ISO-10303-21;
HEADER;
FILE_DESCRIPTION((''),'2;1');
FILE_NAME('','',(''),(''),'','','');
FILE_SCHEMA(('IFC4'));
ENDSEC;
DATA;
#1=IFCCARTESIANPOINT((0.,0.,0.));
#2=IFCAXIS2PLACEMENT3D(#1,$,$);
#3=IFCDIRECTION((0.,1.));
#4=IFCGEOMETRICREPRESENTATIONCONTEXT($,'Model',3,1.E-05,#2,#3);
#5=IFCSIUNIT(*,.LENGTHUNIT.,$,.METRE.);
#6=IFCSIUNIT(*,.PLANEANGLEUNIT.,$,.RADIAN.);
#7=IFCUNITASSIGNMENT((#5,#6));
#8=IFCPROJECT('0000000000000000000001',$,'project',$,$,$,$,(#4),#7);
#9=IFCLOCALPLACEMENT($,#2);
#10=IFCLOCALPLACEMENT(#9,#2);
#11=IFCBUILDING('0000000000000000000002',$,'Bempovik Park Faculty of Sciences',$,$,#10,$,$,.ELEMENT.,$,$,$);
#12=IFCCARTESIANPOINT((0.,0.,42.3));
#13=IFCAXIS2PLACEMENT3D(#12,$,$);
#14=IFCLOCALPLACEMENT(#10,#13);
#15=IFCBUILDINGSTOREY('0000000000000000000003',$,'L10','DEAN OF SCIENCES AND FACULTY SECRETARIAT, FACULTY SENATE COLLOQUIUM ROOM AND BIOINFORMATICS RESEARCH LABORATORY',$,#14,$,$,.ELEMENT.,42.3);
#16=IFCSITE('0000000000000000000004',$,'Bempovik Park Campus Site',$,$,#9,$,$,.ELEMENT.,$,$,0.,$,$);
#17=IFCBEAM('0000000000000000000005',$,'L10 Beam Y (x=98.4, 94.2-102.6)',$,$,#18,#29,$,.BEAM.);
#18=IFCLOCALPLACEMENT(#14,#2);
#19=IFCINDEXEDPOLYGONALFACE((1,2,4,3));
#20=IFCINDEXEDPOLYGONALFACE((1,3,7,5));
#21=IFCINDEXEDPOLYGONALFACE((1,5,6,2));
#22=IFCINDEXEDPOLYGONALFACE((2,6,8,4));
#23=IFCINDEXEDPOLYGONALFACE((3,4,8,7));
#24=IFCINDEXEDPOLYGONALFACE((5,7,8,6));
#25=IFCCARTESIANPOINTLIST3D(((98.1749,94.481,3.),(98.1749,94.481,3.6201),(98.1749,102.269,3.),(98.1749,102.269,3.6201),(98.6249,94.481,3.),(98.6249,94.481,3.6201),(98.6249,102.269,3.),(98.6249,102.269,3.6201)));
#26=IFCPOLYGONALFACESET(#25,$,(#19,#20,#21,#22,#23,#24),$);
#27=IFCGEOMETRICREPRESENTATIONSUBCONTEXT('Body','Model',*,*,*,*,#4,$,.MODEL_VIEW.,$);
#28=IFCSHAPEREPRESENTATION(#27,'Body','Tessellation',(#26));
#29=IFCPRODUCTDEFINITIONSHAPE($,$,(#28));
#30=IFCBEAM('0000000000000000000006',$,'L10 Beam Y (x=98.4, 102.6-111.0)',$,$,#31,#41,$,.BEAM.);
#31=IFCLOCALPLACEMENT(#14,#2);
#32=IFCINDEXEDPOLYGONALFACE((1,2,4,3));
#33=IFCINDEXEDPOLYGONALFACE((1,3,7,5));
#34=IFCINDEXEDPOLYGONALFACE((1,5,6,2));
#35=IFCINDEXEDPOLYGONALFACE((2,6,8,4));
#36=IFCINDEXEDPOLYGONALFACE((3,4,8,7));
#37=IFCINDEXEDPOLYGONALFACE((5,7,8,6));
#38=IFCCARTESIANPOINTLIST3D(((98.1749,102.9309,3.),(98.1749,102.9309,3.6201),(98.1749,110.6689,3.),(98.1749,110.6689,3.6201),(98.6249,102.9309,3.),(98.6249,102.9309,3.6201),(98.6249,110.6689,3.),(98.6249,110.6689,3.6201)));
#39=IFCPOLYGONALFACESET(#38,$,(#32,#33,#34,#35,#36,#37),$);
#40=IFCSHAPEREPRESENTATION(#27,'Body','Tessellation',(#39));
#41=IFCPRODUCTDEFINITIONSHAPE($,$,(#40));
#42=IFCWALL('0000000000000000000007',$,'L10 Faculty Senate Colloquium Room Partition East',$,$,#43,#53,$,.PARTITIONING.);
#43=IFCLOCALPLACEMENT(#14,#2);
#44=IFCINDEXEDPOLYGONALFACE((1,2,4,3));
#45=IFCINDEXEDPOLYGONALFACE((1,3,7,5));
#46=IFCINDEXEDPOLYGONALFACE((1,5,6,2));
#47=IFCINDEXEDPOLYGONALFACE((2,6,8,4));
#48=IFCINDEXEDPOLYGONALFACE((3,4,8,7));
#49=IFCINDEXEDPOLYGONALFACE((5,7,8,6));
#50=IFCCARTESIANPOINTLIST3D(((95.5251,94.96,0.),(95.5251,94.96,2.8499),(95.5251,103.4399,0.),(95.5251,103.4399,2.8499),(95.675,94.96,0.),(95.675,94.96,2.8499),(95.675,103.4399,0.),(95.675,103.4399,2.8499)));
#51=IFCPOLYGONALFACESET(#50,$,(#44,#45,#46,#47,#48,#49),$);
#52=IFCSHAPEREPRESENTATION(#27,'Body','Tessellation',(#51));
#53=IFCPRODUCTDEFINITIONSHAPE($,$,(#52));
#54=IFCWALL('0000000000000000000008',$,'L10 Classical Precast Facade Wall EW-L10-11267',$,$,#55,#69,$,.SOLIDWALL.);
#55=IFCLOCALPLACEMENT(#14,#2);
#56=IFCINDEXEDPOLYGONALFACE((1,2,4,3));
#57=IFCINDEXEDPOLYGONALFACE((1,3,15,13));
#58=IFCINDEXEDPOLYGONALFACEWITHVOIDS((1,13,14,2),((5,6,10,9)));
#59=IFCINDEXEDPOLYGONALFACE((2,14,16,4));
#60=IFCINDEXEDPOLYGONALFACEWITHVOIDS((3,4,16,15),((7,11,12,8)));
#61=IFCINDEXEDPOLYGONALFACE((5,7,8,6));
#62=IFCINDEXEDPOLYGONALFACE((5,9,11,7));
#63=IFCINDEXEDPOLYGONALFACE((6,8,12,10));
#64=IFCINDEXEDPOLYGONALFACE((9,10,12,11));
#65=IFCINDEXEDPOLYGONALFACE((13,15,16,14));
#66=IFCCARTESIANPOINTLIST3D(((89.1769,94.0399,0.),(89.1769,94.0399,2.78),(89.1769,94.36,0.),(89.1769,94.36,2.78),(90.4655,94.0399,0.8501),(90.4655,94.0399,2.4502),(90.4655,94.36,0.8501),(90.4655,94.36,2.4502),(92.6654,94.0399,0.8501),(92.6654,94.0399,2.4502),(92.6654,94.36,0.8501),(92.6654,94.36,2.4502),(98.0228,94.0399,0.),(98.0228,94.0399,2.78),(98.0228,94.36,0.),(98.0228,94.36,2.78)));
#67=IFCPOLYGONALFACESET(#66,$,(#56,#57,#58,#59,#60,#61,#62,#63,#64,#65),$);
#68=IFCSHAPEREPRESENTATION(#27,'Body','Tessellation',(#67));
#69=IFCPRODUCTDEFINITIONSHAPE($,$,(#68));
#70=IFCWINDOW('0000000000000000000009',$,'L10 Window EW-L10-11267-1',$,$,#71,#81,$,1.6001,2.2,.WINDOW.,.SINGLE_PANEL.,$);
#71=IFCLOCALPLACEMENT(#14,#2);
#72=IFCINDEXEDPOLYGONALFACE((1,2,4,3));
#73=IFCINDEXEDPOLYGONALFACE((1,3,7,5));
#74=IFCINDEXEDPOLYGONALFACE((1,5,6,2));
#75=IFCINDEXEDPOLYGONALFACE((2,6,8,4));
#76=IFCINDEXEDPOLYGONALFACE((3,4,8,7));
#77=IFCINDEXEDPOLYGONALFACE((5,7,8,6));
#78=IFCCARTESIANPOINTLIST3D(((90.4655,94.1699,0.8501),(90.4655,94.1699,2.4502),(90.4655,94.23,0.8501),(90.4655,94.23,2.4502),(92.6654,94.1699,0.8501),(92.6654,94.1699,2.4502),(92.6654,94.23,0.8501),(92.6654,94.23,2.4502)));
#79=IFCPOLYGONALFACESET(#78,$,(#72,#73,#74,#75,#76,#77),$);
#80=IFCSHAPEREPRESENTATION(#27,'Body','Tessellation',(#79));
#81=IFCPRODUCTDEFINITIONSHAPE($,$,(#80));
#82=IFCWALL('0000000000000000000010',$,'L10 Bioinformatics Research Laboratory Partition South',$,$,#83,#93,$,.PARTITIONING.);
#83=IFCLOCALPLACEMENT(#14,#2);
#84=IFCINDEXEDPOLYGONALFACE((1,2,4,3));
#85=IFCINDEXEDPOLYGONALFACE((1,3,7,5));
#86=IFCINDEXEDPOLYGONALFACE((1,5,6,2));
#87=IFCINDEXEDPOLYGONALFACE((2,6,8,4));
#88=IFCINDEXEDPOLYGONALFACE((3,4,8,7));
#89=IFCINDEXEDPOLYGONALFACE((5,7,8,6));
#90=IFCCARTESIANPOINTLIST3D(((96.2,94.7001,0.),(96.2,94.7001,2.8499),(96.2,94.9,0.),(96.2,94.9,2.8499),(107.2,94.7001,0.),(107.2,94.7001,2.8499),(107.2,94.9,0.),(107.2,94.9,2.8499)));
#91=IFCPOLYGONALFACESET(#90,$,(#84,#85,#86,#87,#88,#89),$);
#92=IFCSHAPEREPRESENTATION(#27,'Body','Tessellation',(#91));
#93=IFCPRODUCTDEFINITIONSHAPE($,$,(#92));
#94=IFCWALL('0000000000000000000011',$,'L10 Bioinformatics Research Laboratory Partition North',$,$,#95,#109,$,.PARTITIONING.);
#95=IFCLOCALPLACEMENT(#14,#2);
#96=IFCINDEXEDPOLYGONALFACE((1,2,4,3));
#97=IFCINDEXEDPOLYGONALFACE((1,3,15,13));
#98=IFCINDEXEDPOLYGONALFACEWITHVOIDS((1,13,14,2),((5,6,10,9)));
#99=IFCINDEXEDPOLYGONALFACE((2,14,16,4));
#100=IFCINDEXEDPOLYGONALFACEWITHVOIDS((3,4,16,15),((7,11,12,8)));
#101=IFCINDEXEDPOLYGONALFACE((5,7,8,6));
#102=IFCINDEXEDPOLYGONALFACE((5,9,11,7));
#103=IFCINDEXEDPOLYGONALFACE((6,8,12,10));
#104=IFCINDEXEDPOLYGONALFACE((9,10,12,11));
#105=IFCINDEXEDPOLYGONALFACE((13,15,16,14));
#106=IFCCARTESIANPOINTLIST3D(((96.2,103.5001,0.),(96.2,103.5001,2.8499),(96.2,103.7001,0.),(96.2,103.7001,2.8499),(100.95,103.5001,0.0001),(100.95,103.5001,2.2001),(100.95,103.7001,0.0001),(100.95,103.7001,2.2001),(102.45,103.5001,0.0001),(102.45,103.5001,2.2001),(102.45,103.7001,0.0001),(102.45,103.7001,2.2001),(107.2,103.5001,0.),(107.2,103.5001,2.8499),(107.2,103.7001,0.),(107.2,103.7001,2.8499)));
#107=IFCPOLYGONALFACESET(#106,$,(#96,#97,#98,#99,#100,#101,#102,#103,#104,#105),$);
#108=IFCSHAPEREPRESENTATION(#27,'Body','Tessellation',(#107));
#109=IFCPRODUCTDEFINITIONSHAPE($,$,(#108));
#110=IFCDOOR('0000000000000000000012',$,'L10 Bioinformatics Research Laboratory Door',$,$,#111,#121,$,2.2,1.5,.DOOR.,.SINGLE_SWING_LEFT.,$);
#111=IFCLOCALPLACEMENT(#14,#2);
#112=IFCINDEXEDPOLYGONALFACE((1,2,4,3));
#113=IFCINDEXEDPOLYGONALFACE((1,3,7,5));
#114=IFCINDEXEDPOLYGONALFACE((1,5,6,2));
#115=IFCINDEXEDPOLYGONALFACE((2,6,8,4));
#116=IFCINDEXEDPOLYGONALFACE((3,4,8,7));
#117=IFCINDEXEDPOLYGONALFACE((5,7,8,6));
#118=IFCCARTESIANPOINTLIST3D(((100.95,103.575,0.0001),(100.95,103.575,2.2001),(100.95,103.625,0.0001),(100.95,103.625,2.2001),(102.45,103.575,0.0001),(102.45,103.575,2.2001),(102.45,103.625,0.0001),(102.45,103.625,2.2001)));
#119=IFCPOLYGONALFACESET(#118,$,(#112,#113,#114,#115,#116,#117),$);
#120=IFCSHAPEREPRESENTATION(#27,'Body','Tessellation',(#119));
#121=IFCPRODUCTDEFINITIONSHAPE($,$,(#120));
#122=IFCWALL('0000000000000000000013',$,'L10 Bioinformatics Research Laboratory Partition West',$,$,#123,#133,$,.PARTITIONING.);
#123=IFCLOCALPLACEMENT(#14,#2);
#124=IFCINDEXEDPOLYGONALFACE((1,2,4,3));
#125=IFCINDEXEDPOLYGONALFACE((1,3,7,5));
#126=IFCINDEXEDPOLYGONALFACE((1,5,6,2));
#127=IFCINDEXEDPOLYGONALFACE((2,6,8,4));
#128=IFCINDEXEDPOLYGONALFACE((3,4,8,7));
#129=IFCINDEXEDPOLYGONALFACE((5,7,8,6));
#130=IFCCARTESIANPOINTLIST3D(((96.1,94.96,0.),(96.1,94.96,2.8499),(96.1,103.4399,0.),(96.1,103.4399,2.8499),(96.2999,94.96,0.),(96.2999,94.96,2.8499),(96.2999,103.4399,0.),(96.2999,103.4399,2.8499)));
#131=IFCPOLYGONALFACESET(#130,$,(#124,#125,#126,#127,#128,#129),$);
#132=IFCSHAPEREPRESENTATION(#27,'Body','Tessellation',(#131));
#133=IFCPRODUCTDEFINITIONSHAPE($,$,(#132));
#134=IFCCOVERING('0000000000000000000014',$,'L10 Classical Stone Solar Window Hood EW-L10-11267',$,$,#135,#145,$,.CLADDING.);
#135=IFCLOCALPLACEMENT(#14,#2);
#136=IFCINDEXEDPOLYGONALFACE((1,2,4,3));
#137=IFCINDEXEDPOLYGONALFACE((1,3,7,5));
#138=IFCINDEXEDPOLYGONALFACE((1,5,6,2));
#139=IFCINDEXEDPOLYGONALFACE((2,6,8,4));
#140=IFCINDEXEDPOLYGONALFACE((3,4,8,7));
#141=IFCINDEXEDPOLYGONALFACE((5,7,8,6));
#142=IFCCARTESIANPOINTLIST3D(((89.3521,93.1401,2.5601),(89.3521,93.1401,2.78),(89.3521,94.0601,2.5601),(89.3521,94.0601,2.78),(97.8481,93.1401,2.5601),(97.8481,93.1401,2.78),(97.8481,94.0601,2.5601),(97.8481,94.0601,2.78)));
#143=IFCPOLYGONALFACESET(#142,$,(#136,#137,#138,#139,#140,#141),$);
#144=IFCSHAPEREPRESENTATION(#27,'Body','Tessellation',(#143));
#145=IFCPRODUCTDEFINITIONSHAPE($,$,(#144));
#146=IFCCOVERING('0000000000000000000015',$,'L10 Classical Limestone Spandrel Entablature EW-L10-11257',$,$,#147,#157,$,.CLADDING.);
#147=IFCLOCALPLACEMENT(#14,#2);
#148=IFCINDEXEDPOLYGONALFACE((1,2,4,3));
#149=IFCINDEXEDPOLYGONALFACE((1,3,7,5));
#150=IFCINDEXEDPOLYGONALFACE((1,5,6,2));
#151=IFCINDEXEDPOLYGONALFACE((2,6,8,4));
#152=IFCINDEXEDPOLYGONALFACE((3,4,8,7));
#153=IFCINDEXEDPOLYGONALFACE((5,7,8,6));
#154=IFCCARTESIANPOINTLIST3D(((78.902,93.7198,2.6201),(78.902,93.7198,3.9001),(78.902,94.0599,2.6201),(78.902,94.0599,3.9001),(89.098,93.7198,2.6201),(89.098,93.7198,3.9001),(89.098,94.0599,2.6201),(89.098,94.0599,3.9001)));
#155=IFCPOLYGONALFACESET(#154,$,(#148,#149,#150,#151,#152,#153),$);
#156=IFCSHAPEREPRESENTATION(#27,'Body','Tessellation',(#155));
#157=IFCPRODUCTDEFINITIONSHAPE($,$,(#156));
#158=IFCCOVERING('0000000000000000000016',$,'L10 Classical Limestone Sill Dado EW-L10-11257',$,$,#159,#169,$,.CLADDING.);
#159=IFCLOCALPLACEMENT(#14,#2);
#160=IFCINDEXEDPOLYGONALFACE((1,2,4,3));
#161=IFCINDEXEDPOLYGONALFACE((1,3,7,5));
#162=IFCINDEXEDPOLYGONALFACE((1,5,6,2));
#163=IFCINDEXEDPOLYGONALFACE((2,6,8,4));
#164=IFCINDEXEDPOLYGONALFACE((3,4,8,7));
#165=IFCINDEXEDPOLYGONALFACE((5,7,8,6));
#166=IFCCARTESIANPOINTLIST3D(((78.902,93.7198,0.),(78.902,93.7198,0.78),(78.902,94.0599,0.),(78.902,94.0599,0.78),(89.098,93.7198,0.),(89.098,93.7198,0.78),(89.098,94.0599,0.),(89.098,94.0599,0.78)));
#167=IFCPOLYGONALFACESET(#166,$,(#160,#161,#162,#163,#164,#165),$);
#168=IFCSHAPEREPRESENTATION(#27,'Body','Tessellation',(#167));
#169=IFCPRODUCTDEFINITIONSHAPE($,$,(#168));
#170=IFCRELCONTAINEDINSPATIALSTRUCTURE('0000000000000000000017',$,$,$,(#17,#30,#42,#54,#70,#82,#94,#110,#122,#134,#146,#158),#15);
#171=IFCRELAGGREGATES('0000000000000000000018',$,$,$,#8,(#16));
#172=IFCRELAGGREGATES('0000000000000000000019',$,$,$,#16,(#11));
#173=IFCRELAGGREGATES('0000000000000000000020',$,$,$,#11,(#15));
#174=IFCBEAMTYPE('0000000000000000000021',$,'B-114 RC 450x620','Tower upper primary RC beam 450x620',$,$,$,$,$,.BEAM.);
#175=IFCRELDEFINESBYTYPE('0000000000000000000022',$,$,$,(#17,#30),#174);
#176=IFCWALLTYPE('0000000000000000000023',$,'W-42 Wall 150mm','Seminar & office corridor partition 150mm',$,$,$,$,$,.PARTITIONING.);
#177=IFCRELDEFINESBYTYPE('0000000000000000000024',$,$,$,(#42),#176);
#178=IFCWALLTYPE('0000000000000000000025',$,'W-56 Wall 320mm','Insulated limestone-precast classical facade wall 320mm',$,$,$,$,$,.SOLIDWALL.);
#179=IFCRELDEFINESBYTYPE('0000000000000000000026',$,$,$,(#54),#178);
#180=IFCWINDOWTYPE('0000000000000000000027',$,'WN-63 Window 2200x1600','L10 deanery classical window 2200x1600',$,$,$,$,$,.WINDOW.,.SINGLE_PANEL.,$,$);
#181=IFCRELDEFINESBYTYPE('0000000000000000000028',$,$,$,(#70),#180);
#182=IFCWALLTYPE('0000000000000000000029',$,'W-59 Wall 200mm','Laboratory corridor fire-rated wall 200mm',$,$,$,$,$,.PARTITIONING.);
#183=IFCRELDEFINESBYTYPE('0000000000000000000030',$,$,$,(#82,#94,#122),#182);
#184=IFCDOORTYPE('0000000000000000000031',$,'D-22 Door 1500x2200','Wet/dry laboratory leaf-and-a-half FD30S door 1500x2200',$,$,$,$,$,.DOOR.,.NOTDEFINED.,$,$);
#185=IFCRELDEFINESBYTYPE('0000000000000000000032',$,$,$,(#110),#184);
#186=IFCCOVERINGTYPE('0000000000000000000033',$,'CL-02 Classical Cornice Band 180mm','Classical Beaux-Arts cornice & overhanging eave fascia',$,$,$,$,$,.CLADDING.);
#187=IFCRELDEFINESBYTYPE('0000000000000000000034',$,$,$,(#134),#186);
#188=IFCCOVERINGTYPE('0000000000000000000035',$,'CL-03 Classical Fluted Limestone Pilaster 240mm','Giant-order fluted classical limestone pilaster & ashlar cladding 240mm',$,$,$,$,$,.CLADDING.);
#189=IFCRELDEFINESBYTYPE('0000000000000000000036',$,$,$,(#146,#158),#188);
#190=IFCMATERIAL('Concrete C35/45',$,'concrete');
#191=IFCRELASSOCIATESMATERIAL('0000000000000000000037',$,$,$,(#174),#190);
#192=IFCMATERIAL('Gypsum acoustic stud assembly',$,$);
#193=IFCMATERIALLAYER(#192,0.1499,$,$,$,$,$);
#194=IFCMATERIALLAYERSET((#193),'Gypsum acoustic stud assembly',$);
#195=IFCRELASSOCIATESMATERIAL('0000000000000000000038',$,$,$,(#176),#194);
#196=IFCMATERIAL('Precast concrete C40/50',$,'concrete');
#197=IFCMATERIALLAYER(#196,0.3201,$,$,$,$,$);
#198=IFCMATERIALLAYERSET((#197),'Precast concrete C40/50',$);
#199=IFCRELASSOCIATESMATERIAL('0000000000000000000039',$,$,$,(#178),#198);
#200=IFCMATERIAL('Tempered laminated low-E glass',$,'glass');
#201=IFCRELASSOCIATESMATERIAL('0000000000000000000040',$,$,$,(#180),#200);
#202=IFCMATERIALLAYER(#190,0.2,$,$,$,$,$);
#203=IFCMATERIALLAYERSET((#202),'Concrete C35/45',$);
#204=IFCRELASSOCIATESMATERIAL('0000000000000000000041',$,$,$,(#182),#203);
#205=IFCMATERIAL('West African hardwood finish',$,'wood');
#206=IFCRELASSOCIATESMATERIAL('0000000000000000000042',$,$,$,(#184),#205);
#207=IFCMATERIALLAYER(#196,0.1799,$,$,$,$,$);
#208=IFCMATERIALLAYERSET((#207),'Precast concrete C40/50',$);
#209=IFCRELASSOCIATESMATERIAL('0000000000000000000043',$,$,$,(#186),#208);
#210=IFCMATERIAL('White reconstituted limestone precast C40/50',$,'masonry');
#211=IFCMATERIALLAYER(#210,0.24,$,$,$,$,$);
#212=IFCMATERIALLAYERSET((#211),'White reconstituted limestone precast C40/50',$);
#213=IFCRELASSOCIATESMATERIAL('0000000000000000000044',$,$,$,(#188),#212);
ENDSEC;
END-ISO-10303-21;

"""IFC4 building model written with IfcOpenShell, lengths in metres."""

from ifc_helpers import new_model, si_unit, direction, frame, frame_2d, origin, origin_2d, place, context, subcontext, project, spatial, rectangle, extrude, material, layer, layer_set, material_profile, profile_set, type_object, element, fill, save


model = new_model("IFC4")

# Units and contexts
model_context = context("Model", 3, precision=1e-05, world=origin(), true_north=direction((0.0, 1.0)))
body_context = subcontext(model_context, "Body", "Model", "MODEL_VIEW")
ifc_project = project(units=[si_unit("LENGTHUNIT", "METRE"), si_unit("PLANEANGLEUNIT", "RADIAN")], contexts=[model_context])

# Site, building, storey
site_placement = place(None, origin())
site = spatial("IfcSite", under=ifc_project, at=site_placement, Name="Bempovik Park Campus Site", CompositionType="ELEMENT", RefElevation=0.0)
building_placement = place(site_placement, origin())
building = spatial("IfcBuilding", under=site, at=building_placement, Name="Bempovik Park Faculty of Sciences", CompositionType="ELEMENT")
storey_placement = place(building_placement, frame((0.0, 0.0, 42.3)))
storey = spatial("IfcBuildingStorey", under=building, at=storey_placement, Name="L10", Description="DEAN OF SCIENCES AND FACULTY SECRETARIAT, FACULTY SENATE COLLOQUIUM ROOM AND BIOINFORMATICS RESEARCH LABORATORY", CompositionType="ELEMENT", Elevation=42.3)

# Beams
ifc_material_1 = material(Name="Concrete C35/45", Category="concrete")
ifc_material_profile_1 = material_profile(ifc_material_1, rectangle(XDim=0.45, YDim=0.6201, at=origin_2d()), Name="RC 450x620")
ifc_profile_set_1 = profile_set([ifc_material_profile_1], Name="Concrete C35/45")
beam_type_1 = type_object("IfcBeamType", Name="B-114 RC 450x620", Description="Tower upper primary RC beam 450x620", PredefinedType="BEAM", material=ifc_profile_set_1)
beam_1_placement = place(storey_placement, frame((98.3999, 94.481, 3.3101), z_axis=(0.0, 1.0, 0.0), x_axis=(-1.0, 0.0, 0.0)))
element("IfcBeam", 1, at=beam_1_placement, inside=storey, type_object=beam_type_1, Name="L10 Beam Y (x=98.4, 94.2-102.6)", PredefinedType="BEAM", context=body_context, shape_type="SweptSolid", body=[
    extrude(rectangle(XDim=0.45, YDim=0.6201, at=origin_2d()), origin(), (0.0, 0.0, 1.0), 7.7881),
])
beam_2_placement = place(storey_placement, frame((98.3999, 102.9309, 3.3101), z_axis=(0.0, 1.0, 0.0), x_axis=(-1.0, 0.0, 0.0)))
element("IfcBeam", 2, at=beam_2_placement, inside=storey, type_object=beam_type_1, Name="L10 Beam Y (x=98.4, 102.6-111.0)", PredefinedType="BEAM", context=body_context, shape_type="SweptSolid", body=[
    extrude(rectangle(XDim=0.45, YDim=0.6201, at=origin_2d()), origin(), (0.0, 0.0, 1.0), 7.738),
])

# Wall
ifc_material_2 = material(Name="Gypsum acoustic stud assembly")
ifc_layer_1 = layer(ifc_material_2, 0.1499)
ifc_layer_set_1 = layer_set([ifc_layer_1], Name="Gypsum acoustic stud assembly")
wall_type_1 = type_object("IfcWallType", Name="W-42 Wall 150mm", Description="Seminar & office corridor partition 150mm", PredefinedType="PARTITIONING", material=ifc_layer_set_1)
wall_1_placement = place(storey_placement, frame((95.6001, 94.96, 0.0), z_axis=(0.0, 0.0, 1.0), x_axis=(0.0, 1.0, 0.0)))
element("IfcWall", 3, at=wall_1_placement, inside=storey, type_object=wall_type_1, Name="L10 Faculty Senate Colloquium Room Partition East", PredefinedType="PARTITIONING", context=body_context, shape_type="SweptSolid", body=[
    extrude(rectangle(XDim=8.48, YDim=0.1499, at=frame_2d((4.24, 0.0))), origin(), (0.0, 0.0, 1.0), 2.8499),
])

# Wall, opening, window
ifc_material_3 = material(Name="Precast concrete C40/50", Category="concrete")
ifc_layer_2 = layer(ifc_material_3, 0.3201)
ifc_layer_set_2 = layer_set([ifc_layer_2], Name="Precast concrete C40/50")
wall_type_2 = type_object("IfcWallType", Name="W-56 Wall 320mm", Description="Insulated limestone-precast classical facade wall 320mm", PredefinedType="SOLIDWALL", material=ifc_layer_set_2)
wall_2_placement = place(storey_placement, frame((89.177, 94.2, 0.0), z_axis=(0.0, 0.0, 1.0), x_axis=(1.0, 0.0, 0.0)))
wall_2 = element("IfcWall", 4, at=wall_2_placement, inside=storey, type_object=wall_type_2, Name="L10 Classical Precast Facade Wall EW-L10-11267", PredefinedType="SOLIDWALL", context=body_context, shape_type="SweptSolid", body=[
    extrude(rectangle(XDim=8.8459, YDim=0.3201, at=frame_2d((4.4229, 0.0))), origin(), (0.0, 0.0, 1.0), 2.78),
])
opening_1_placement = place(wall_2_placement, frame((1.2883, 0.0, 0.8501)))
opening_1 = element("IfcOpeningElement", 5, at=opening_1_placement, cuts=wall_2, PredefinedType="OPENING", context=body_context, shape_type="SweptSolid", body=[
    extrude(rectangle(XDim=2.2, YDim=1.6001, at=frame_2d((1.1001, 0.8))), frame((0.0, 0.1699, 0.0), z_axis=(0.0, -1.0, 0.0), x_axis=(1.0, 0.0, 0.0)), (0.0, 0.0, 1.0), 0.3401),
])
ifc_material_4 = material(Name="Tempered laminated low-E glass", Category="glass")
window_type = type_object("IfcWindowType", Name="WN-63 Window 2200x1600", Description="L10 deanery classical window 2200x1600", PartitioningType="SINGLE_PANEL", PredefinedType="WINDOW", material=ifc_material_4)
window_placement = place(opening_1_placement, origin())
window = element("IfcWindow", 6, at=window_placement, inside=storey, type_object=window_type, Name="L10 Window EW-L10-11267-1", OverallHeight=1.6001, OverallWidth=2.2, PartitioningType="SINGLE_PANEL", PredefinedType="WINDOW", context=body_context, shape_type="SweptSolid", body=[
    extrude(rectangle(XDim=2.2, YDim=1.6001, at=frame_2d((1.1001, 0.8))), frame((0.0, 0.03, 0.0), z_axis=(0.0, -1.0, 0.0), x_axis=(1.0, 0.0, 0.0)), (0.0, 0.0, 1.0), 0.0601),
])
fill(opening_1, window)

# Wall
ifc_layer_3 = layer(ifc_material_1, 0.2)
ifc_layer_set_3 = layer_set([ifc_layer_3], Name="Concrete C35/45")
wall_type_3 = type_object("IfcWallType", Name="W-59 Wall 200mm", Description="Laboratory corridor fire-rated wall 200mm", PredefinedType="PARTITIONING", material=ifc_layer_set_3)
wall_3_placement = place(storey_placement, frame((96.2, 94.8, 0.0), z_axis=(0.0, 0.0, 1.0), x_axis=(1.0, 0.0, 0.0)))
element("IfcWall", 7, at=wall_3_placement, inside=storey, type_object=wall_type_3, Name="L10 Bioinformatics Research Laboratory Partition South", PredefinedType="PARTITIONING", context=body_context, shape_type="SweptSolid", body=[
    extrude(rectangle(XDim=11.0, YDim=0.2, at=frame_2d((5.5, 0.0))), origin(), (0.0, 0.0, 1.0), 2.8499),
])

# Wall, opening, door
wall_4_placement = place(storey_placement, frame((96.2, 103.6001, 0.0), z_axis=(0.0, 0.0, 1.0), x_axis=(1.0, 0.0, 0.0)))
wall_4 = element("IfcWall", 8, at=wall_4_placement, inside=storey, type_object=wall_type_3, Name="L10 Bioinformatics Research Laboratory Partition North", PredefinedType="PARTITIONING", context=body_context, shape_type="SweptSolid", body=[
    extrude(rectangle(XDim=11.0, YDim=0.2, at=frame_2d((5.5, 0.0))), origin(), (0.0, 0.0, 1.0), 2.8499),
])
opening_2_placement = place(wall_4_placement, frame((4.75, 0.0, 0.0)))
opening_2 = element("IfcOpeningElement", 9, at=opening_2_placement, cuts=wall_4, PredefinedType="OPENING", context=body_context, shape_type="SweptSolid", body=[
    extrude(rectangle(XDim=1.5, YDim=2.2, at=frame_2d((0.75, 1.1001))), frame((0.0, 0.1099, 0.0), z_axis=(0.0, -1.0, 0.0), x_axis=(1.0, 0.0, 0.0)), (0.0, 0.0, 1.0), 0.22),
])
ifc_material_5 = material(Name="West African hardwood finish", Category="wood")
door_type = type_object("IfcDoorType", Name="D-22 Door 1500x2200", Description="Wet/dry laboratory leaf-and-a-half FD30S door 1500x2200", OperationType="NOTDEFINED", PredefinedType="DOOR", material=ifc_material_5)
door_placement = place(opening_2_placement, origin())
door = element("IfcDoor", 10, at=door_placement, inside=storey, type_object=door_type, Name="L10 Bioinformatics Research Laboratory Door", OperationType="SINGLE_SWING_LEFT", OverallHeight=2.2, OverallWidth=1.5, PredefinedType="DOOR", context=body_context, shape_type="SweptSolid", body=[
    extrude(rectangle(XDim=1.5, YDim=2.2, at=frame_2d((0.75, 1.1001))), frame((0.0, 0.0249, 0.0), z_axis=(0.0, -1.0, 0.0), x_axis=(1.0, 0.0, 0.0)), (0.0, 0.0, 1.0), 0.05),
])
fill(opening_2, door)

# Wall
wall_5_placement = place(storey_placement, frame((96.2, 94.96, 0.0), z_axis=(0.0, 0.0, 1.0), x_axis=(0.0, 1.0, 0.0)))
element("IfcWall", 11, at=wall_5_placement, inside=storey, type_object=wall_type_3, Name="L10 Bioinformatics Research Laboratory Partition West", PredefinedType="PARTITIONING", context=body_context, shape_type="SweptSolid", body=[
    extrude(rectangle(XDim=8.48, YDim=0.2, at=frame_2d((4.24, 0.0))), origin(), (0.0, 0.0, 1.0), 2.8499),
])

# Coverings
ifc_layer_4 = layer(ifc_material_3, 0.1799)
ifc_layer_set_4 = layer_set([ifc_layer_4], Name="Precast concrete C40/50")
covering_type_1 = type_object("IfcCoveringType", Name="CL-02 Classical Cornice Band 180mm", Description="Classical Beaux-Arts cornice & overhanging eave fascia", PredefinedType="CLADDING", material=ifc_layer_set_4)
covering_1_placement = place(storey_placement, frame((93.6001, 93.6001, 2.5601), z_axis=(0.0, 0.0, 1.0), x_axis=(1.0, 0.0, 0.0)))
element("IfcCovering", 12, at=covering_1_placement, inside=storey, type_object=covering_type_1, Name="L10 Classical Stone Solar Window Hood EW-L10-11267", PredefinedType="CLADDING", context=body_context, shape_type="SweptSolid", body=[
    extrude(rectangle(XDim=8.4961, YDim=0.9199, at=origin_2d()), origin(), (0.0, 0.0, 1.0), 0.22),
])
ifc_material_6 = material(Name="White reconstituted limestone precast C40/50", Category="masonry")
ifc_layer_5 = layer(ifc_material_6, 0.24)
ifc_layer_set_5 = layer_set([ifc_layer_5], Name="White reconstituted limestone precast C40/50")
covering_type_2 = type_object("IfcCoveringType", Name="CL-03 Classical Fluted Limestone Pilaster 240mm", Description="Giant-order fluted classical limestone pilaster & ashlar cladding 240mm", PredefinedType="CLADDING", material=ifc_layer_set_5)
covering_2_placement = place(storey_placement, frame((84.0, 93.8899, 2.6201), z_axis=(0.0, 0.0, 1.0), x_axis=(1.0, 0.0, 0.0)))
element("IfcCovering", 13, at=covering_2_placement, inside=storey, type_object=covering_type_2, Name="L10 Classical Limestone Spandrel Entablature EW-L10-11257", PredefinedType="CLADDING", context=body_context, shape_type="SweptSolid", body=[
    extrude(rectangle(XDim=10.196, YDim=0.3401, at=origin_2d()), origin(), (0.0, 0.0, 1.0), 1.28),
])
covering_3_placement = place(storey_placement, frame((84.0, 93.8899, 0.0), z_axis=(0.0, 0.0, 1.0), x_axis=(1.0, 0.0, 0.0)))
element("IfcCovering", 14, at=covering_3_placement, inside=storey, type_object=covering_type_2, Name="L10 Classical Limestone Sill Dado EW-L10-11257", PredefinedType="CLADDING", context=body_context, shape_type="SweptSolid", body=[
    extrude(rectangle(XDim=10.196, YDim=0.3401, at=origin_2d()), origin(), (0.0, 0.0, 1.0), 0.78),
])

save(model, "model.ifc")
